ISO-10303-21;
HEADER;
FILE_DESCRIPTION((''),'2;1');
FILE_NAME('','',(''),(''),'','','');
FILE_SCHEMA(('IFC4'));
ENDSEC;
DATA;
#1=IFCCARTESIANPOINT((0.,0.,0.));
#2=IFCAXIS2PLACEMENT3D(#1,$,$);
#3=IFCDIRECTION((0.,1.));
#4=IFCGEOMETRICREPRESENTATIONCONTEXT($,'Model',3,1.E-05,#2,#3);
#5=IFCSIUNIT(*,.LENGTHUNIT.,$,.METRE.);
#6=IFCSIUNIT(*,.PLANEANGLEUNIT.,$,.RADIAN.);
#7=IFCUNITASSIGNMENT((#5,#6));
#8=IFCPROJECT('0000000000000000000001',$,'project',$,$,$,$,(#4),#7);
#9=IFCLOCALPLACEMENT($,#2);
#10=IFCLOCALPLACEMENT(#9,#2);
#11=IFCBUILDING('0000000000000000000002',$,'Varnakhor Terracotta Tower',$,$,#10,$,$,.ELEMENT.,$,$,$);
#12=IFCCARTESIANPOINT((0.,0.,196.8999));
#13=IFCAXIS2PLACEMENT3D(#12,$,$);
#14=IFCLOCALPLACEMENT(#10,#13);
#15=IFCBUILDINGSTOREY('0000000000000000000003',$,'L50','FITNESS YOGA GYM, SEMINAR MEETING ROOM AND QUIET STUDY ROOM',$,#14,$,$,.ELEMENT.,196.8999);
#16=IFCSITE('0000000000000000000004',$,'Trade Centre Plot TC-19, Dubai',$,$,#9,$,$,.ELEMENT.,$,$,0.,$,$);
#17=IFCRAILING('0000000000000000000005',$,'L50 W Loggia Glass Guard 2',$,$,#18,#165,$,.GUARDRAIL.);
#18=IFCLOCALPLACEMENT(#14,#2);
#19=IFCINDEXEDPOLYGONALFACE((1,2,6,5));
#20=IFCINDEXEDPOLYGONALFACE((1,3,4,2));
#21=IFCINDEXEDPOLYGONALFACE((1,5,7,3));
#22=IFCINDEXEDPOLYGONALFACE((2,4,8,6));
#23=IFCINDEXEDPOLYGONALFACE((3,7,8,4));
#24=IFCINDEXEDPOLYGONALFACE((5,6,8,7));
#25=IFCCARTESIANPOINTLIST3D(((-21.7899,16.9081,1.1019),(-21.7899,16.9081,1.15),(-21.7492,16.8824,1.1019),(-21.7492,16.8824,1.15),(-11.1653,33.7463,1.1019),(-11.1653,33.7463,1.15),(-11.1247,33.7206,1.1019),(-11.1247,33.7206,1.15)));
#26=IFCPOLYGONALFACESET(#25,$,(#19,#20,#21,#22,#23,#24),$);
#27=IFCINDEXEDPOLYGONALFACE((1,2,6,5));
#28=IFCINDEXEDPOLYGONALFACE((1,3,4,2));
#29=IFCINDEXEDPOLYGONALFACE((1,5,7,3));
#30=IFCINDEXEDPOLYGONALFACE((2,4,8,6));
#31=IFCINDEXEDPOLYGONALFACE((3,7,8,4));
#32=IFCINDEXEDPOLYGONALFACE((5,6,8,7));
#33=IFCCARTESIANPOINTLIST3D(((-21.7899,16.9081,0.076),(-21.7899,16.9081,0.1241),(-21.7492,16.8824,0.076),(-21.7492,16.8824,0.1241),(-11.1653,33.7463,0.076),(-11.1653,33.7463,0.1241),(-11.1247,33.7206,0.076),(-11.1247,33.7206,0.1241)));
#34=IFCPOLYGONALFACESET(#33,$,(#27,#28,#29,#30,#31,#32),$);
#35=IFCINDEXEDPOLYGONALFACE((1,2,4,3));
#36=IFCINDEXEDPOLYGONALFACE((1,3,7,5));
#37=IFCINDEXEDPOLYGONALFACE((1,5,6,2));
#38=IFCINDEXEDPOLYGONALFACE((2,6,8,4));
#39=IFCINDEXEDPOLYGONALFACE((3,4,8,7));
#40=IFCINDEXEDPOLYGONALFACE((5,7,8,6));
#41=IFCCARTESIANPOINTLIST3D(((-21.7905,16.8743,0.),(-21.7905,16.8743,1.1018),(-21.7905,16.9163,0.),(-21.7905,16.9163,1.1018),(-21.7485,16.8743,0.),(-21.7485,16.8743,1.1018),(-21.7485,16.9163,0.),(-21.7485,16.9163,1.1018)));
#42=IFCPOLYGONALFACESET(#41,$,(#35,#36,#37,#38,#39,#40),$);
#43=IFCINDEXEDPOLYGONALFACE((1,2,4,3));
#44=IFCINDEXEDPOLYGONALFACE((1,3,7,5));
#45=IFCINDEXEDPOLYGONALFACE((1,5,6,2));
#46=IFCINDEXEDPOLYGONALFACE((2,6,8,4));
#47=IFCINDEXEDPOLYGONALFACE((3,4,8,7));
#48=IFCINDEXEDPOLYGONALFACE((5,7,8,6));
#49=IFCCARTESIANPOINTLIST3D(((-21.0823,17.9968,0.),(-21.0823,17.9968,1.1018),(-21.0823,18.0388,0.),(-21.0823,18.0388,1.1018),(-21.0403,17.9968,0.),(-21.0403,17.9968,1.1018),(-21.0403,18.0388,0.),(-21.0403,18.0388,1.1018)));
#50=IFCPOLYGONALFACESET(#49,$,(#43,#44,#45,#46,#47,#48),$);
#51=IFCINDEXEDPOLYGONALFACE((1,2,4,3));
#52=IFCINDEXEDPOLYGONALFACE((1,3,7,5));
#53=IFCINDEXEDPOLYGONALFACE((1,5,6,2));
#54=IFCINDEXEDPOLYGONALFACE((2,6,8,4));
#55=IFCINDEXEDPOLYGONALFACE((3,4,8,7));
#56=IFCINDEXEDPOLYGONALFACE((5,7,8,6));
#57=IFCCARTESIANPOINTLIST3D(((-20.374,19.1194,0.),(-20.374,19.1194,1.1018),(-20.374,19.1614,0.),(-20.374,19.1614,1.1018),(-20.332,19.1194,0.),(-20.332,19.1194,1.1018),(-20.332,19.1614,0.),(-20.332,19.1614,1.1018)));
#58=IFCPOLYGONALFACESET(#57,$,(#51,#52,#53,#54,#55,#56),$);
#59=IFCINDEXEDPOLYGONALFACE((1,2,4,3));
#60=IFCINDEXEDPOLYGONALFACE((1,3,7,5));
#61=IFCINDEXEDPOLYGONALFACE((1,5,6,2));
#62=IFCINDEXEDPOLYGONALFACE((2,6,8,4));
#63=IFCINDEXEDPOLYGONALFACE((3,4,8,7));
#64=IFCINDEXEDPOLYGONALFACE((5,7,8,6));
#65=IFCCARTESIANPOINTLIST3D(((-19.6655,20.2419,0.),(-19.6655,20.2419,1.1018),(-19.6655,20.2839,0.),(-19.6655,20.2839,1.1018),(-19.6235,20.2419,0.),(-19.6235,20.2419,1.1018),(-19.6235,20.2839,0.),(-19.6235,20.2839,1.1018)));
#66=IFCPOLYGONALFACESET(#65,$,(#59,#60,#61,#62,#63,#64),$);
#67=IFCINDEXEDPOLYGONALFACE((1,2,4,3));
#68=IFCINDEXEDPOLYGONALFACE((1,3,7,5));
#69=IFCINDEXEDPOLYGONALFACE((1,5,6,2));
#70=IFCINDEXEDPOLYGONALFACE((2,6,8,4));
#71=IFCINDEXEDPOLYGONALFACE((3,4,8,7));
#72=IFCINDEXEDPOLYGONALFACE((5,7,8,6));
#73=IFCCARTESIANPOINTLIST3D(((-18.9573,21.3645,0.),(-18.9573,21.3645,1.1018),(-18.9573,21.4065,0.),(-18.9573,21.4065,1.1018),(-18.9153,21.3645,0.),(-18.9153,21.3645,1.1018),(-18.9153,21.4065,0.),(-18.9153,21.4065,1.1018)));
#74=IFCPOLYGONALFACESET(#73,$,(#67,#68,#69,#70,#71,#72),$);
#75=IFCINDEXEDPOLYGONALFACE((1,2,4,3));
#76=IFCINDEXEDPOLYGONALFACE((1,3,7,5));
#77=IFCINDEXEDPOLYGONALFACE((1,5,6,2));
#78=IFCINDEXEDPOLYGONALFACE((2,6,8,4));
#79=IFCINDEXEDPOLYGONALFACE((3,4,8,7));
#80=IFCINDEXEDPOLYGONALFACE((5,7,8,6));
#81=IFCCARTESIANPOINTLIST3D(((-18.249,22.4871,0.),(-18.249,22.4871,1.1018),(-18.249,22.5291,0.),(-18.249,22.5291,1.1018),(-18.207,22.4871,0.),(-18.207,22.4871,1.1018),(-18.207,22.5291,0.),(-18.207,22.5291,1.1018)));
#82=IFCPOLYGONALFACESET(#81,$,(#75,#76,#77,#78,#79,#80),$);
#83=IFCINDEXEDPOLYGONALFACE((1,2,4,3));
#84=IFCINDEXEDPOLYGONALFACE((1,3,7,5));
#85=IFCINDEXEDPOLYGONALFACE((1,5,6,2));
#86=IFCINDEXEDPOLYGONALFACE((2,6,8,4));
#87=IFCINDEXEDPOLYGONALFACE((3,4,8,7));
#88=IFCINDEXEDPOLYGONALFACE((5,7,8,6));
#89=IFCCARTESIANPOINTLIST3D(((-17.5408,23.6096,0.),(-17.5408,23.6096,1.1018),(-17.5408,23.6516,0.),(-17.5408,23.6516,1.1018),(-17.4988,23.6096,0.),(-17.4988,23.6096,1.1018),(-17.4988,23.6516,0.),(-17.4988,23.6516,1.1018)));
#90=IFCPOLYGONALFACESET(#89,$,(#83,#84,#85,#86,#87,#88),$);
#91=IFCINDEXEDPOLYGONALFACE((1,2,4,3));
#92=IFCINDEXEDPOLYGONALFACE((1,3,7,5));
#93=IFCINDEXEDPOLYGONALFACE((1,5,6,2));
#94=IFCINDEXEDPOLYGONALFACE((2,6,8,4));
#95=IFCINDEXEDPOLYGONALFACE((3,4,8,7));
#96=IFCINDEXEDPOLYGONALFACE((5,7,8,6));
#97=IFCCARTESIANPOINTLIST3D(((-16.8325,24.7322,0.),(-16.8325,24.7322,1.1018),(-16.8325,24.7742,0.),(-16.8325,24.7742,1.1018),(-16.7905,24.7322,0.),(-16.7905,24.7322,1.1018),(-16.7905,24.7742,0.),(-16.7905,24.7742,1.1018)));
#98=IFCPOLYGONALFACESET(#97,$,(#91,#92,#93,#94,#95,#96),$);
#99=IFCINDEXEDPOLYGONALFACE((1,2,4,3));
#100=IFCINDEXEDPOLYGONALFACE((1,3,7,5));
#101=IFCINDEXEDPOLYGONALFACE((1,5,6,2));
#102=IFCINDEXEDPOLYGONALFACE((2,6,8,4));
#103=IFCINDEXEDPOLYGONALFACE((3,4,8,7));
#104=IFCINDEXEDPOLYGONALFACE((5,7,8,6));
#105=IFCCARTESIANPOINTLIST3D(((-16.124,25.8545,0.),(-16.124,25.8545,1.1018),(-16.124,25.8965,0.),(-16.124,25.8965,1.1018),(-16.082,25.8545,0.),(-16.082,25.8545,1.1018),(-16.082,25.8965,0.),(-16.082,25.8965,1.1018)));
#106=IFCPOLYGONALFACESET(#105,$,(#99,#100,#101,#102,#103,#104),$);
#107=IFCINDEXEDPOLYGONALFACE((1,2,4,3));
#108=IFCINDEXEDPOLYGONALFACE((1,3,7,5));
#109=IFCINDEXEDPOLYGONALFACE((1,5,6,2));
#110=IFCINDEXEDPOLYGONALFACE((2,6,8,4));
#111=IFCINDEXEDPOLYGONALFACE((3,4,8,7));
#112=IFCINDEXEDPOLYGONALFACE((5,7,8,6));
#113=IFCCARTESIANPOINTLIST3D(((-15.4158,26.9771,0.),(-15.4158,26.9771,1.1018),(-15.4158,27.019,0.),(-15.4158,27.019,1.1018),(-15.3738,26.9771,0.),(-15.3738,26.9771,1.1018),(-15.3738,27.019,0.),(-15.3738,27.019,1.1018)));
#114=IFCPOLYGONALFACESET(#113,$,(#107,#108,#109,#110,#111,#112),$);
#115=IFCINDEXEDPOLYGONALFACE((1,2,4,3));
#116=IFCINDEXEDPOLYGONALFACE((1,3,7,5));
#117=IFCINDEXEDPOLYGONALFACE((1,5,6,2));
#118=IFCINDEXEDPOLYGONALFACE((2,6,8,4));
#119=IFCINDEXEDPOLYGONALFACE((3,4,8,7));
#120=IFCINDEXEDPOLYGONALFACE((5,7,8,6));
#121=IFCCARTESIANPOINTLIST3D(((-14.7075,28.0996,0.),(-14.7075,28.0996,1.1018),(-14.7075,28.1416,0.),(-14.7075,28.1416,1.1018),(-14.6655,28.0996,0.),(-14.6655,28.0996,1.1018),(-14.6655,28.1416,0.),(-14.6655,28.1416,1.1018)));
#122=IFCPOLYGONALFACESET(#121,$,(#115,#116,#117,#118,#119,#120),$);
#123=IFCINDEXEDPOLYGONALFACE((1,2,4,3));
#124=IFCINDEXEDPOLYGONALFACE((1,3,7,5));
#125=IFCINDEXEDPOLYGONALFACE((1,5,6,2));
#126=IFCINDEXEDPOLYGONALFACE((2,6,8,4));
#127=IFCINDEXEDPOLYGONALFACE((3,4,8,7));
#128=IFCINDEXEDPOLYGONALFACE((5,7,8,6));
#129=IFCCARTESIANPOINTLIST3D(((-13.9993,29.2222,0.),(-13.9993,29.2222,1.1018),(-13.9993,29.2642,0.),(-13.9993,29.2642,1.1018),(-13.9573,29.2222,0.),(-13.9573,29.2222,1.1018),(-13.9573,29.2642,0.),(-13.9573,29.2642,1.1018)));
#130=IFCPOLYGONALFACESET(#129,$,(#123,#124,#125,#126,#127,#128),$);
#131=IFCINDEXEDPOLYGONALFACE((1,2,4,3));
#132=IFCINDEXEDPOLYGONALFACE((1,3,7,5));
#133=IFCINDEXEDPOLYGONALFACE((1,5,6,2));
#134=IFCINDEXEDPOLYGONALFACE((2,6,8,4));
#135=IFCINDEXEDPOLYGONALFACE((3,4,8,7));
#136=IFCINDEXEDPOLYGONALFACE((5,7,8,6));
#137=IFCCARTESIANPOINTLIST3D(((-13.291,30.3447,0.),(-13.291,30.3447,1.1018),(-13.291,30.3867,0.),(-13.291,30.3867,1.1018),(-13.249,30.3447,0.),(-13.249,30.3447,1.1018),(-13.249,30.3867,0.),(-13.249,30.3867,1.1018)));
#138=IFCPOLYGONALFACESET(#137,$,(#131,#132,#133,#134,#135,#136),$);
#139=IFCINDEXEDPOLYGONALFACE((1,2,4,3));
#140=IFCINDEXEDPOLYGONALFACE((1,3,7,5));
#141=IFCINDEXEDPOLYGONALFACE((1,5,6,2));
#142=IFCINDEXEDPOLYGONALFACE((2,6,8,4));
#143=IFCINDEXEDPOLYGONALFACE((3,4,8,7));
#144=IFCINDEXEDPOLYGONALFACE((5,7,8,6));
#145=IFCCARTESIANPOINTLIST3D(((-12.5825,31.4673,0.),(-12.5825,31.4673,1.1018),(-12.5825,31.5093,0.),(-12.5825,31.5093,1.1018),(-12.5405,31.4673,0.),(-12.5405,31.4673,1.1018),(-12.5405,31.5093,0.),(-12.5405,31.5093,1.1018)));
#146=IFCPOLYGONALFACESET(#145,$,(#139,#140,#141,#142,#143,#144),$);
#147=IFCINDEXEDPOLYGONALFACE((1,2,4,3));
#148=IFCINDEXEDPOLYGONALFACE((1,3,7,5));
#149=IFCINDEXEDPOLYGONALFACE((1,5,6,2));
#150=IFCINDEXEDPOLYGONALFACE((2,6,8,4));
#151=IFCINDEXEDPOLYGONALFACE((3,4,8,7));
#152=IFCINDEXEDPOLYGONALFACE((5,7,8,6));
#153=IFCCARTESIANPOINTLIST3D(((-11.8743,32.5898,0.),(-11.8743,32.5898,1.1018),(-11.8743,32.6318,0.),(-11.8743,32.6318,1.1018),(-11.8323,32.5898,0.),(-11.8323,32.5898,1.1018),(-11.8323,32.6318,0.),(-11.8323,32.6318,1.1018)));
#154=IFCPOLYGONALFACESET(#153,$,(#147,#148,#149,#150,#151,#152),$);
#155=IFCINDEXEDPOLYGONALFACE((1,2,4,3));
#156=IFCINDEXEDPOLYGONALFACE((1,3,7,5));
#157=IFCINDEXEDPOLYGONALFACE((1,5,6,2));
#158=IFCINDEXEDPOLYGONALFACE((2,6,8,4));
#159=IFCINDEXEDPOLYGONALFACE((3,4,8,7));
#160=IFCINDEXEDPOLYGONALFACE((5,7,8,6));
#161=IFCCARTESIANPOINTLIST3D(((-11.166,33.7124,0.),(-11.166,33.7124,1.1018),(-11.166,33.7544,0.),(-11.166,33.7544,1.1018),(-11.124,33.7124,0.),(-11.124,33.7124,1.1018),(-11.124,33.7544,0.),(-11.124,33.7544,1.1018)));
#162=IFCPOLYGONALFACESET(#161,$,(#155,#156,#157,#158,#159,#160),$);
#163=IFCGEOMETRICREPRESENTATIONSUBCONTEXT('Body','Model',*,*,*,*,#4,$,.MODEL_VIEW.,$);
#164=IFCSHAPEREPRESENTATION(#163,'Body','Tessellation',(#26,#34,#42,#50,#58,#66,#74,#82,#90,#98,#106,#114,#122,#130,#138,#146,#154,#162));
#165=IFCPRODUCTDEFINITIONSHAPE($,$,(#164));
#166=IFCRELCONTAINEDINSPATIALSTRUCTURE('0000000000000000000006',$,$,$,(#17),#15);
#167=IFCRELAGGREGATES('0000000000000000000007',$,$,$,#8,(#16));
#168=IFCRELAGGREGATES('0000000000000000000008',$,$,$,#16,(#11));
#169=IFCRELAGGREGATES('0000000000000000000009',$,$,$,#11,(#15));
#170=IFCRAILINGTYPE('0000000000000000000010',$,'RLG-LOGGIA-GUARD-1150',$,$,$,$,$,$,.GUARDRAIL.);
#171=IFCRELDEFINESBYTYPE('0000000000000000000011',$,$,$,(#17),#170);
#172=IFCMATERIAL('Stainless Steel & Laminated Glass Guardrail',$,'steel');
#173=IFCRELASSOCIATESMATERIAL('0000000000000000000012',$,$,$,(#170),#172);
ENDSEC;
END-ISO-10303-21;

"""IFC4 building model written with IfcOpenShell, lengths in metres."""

from ifc_helpers import new_model, si_unit, direction, frame, origin, origin_2d, place, context, subcontext, project, spatial, rectangle, extrude, material, type_object, element, save


model = new_model("IFC4")

# Units and contexts
model_context = context("Model", 3, precision=1e-05, world=origin(), true_north=direction((0.0, 1.0)))
body_context = subcontext(model_context, "Body", "Model", "MODEL_VIEW")
ifc_project = project(units=[si_unit("LENGTHUNIT", "METRE"), si_unit("PLANEANGLEUNIT", "RADIAN")], contexts=[model_context])

# Site, building, storey
site_placement = place(None, origin())
site = spatial("IfcSite", under=ifc_project, at=site_placement, Name="Trade Centre Plot TC-19, Dubai", CompositionType="ELEMENT", RefElevation=0.0)
building_placement = place(site_placement, origin())
building = spatial("IfcBuilding", under=site, at=building_placement, Name="Varnakhor Terracotta Tower", CompositionType="ELEMENT")
storey_placement = place(building_placement, frame((0.0, 0.0, 196.8999)))
storey = spatial("IfcBuildingStorey", under=building, at=storey_placement, Name="L50", Description="FITNESS YOGA GYM, SEMINAR MEETING ROOM AND QUIET STUDY ROOM", CompositionType="ELEMENT", Elevation=196.8999)

# Railing
ifc_material_1 = material(Name="Stainless Steel & Laminated Glass Guardrail", Category="steel")
railing_type = type_object("IfcRailingType", Name="RLG-LOGGIA-GUARD-1150", PredefinedType="GUARDRAIL", material=ifc_material_1)
railing_1_placement = place(storey_placement, frame((-21.7695, 16.8953, 0.0)))
element("IfcRailing", 1, at=railing_1_placement, inside=storey, type_object=railing_type, Name="L50 W Loggia Glass Guard 2", PredefinedType="GUARDRAIL", context=body_context, shape_type="SweptSolid", body=[
    extrude(rectangle(XDim=0.0481, YDim=0.0481, at=origin_2d()), frame((0.0, 0.0, 1.126), z_axis=(0.53363, 0.845718, 0.0), x_axis=(-0.845718, 0.53363, 0.0)), (0.0, 0.0, 1.0), 19.9099),
    extrude(rectangle(XDim=0.0481, YDim=0.0481, at=origin_2d()), frame((0.0, 0.0, 0.1001), z_axis=(0.53363, 0.845718, 0.0), x_axis=(-0.845718, 0.53363, 0.0)), (0.0, 0.0, 1.0), 19.9099),
    extrude(rectangle(XDim=0.042, YDim=0.042, at=origin_2d()), origin(), (0.0, 0.0, 1.0), 1.1018),
    extrude(rectangle(XDim=0.042, YDim=0.042, at=origin_2d()), frame((0.7083, 1.1226, 0.0)), (0.0, 0.0, 1.0), 1.1018),
    extrude(rectangle(XDim=0.042, YDim=0.042, at=origin_2d()), frame((1.4165, 2.2451, 0.0)), (0.0, 0.0, 1.0), 1.1018),
    extrude(rectangle(XDim=0.042, YDim=0.042, at=origin_2d()), frame((2.125, 3.3677, 0.0)), (0.0, 0.0, 1.0), 1.1018),
    extrude(rectangle(XDim=0.042, YDim=0.042, at=origin_2d()), frame((2.8333, 4.4902, 0.0)), (0.0, 0.0, 1.0), 1.1018),
    extrude(rectangle(XDim=0.042, YDim=0.042, at=origin_2d()), frame((3.5415, 5.6128, 0.0)), (0.0, 0.0, 1.0), 1.1018),
    extrude(rectangle(XDim=0.042, YDim=0.042, at=origin_2d()), frame((4.2498, 6.7354, 0.0)), (0.0, 0.0, 1.0), 1.1018),
    extrude(rectangle(XDim=0.042, YDim=0.042, at=origin_2d()), frame((4.958, 7.8579, 0.0)), (0.0, 0.0, 1.0), 1.1018),
    extrude(rectangle(XDim=0.042, YDim=0.042, at=origin_2d()), frame((5.6665, 8.9802, 0.0)), (0.0, 0.0, 1.0), 1.1018),
    extrude(rectangle(XDim=0.042, YDim=0.042, at=origin_2d()), frame((6.3748, 10.1028, 0.0)), (0.0, 0.0, 1.0), 1.1018),
    extrude(rectangle(XDim=0.042, YDim=0.042, at=origin_2d()), frame((7.083, 11.2253, 0.0)), (0.0, 0.0, 1.0), 1.1018),
    extrude(rectangle(XDim=0.042, YDim=0.042, at=origin_2d()), frame((7.7913, 12.3479, 0.0)), (0.0, 0.0, 1.0), 1.1018),
    extrude(rectangle(XDim=0.042, YDim=0.042, at=origin_2d()), frame((8.4995, 13.4705, 0.0)), (0.0, 0.0, 1.0), 1.1018),
    extrude(rectangle(XDim=0.042, YDim=0.042, at=origin_2d()), frame((9.208, 14.593, 0.0)), (0.0, 0.0, 1.0), 1.1018),
    extrude(rectangle(XDim=0.042, YDim=0.042, at=origin_2d()), frame((9.9163, 15.7156, 0.0)), (0.0, 0.0, 1.0), 1.1018),
    extrude(rectangle(XDim=0.042, YDim=0.042, at=origin_2d()), frame((10.6245, 16.8381, 0.0)), (0.0, 0.0, 1.0), 1.1018),
])

save(model, "model.ifc")
